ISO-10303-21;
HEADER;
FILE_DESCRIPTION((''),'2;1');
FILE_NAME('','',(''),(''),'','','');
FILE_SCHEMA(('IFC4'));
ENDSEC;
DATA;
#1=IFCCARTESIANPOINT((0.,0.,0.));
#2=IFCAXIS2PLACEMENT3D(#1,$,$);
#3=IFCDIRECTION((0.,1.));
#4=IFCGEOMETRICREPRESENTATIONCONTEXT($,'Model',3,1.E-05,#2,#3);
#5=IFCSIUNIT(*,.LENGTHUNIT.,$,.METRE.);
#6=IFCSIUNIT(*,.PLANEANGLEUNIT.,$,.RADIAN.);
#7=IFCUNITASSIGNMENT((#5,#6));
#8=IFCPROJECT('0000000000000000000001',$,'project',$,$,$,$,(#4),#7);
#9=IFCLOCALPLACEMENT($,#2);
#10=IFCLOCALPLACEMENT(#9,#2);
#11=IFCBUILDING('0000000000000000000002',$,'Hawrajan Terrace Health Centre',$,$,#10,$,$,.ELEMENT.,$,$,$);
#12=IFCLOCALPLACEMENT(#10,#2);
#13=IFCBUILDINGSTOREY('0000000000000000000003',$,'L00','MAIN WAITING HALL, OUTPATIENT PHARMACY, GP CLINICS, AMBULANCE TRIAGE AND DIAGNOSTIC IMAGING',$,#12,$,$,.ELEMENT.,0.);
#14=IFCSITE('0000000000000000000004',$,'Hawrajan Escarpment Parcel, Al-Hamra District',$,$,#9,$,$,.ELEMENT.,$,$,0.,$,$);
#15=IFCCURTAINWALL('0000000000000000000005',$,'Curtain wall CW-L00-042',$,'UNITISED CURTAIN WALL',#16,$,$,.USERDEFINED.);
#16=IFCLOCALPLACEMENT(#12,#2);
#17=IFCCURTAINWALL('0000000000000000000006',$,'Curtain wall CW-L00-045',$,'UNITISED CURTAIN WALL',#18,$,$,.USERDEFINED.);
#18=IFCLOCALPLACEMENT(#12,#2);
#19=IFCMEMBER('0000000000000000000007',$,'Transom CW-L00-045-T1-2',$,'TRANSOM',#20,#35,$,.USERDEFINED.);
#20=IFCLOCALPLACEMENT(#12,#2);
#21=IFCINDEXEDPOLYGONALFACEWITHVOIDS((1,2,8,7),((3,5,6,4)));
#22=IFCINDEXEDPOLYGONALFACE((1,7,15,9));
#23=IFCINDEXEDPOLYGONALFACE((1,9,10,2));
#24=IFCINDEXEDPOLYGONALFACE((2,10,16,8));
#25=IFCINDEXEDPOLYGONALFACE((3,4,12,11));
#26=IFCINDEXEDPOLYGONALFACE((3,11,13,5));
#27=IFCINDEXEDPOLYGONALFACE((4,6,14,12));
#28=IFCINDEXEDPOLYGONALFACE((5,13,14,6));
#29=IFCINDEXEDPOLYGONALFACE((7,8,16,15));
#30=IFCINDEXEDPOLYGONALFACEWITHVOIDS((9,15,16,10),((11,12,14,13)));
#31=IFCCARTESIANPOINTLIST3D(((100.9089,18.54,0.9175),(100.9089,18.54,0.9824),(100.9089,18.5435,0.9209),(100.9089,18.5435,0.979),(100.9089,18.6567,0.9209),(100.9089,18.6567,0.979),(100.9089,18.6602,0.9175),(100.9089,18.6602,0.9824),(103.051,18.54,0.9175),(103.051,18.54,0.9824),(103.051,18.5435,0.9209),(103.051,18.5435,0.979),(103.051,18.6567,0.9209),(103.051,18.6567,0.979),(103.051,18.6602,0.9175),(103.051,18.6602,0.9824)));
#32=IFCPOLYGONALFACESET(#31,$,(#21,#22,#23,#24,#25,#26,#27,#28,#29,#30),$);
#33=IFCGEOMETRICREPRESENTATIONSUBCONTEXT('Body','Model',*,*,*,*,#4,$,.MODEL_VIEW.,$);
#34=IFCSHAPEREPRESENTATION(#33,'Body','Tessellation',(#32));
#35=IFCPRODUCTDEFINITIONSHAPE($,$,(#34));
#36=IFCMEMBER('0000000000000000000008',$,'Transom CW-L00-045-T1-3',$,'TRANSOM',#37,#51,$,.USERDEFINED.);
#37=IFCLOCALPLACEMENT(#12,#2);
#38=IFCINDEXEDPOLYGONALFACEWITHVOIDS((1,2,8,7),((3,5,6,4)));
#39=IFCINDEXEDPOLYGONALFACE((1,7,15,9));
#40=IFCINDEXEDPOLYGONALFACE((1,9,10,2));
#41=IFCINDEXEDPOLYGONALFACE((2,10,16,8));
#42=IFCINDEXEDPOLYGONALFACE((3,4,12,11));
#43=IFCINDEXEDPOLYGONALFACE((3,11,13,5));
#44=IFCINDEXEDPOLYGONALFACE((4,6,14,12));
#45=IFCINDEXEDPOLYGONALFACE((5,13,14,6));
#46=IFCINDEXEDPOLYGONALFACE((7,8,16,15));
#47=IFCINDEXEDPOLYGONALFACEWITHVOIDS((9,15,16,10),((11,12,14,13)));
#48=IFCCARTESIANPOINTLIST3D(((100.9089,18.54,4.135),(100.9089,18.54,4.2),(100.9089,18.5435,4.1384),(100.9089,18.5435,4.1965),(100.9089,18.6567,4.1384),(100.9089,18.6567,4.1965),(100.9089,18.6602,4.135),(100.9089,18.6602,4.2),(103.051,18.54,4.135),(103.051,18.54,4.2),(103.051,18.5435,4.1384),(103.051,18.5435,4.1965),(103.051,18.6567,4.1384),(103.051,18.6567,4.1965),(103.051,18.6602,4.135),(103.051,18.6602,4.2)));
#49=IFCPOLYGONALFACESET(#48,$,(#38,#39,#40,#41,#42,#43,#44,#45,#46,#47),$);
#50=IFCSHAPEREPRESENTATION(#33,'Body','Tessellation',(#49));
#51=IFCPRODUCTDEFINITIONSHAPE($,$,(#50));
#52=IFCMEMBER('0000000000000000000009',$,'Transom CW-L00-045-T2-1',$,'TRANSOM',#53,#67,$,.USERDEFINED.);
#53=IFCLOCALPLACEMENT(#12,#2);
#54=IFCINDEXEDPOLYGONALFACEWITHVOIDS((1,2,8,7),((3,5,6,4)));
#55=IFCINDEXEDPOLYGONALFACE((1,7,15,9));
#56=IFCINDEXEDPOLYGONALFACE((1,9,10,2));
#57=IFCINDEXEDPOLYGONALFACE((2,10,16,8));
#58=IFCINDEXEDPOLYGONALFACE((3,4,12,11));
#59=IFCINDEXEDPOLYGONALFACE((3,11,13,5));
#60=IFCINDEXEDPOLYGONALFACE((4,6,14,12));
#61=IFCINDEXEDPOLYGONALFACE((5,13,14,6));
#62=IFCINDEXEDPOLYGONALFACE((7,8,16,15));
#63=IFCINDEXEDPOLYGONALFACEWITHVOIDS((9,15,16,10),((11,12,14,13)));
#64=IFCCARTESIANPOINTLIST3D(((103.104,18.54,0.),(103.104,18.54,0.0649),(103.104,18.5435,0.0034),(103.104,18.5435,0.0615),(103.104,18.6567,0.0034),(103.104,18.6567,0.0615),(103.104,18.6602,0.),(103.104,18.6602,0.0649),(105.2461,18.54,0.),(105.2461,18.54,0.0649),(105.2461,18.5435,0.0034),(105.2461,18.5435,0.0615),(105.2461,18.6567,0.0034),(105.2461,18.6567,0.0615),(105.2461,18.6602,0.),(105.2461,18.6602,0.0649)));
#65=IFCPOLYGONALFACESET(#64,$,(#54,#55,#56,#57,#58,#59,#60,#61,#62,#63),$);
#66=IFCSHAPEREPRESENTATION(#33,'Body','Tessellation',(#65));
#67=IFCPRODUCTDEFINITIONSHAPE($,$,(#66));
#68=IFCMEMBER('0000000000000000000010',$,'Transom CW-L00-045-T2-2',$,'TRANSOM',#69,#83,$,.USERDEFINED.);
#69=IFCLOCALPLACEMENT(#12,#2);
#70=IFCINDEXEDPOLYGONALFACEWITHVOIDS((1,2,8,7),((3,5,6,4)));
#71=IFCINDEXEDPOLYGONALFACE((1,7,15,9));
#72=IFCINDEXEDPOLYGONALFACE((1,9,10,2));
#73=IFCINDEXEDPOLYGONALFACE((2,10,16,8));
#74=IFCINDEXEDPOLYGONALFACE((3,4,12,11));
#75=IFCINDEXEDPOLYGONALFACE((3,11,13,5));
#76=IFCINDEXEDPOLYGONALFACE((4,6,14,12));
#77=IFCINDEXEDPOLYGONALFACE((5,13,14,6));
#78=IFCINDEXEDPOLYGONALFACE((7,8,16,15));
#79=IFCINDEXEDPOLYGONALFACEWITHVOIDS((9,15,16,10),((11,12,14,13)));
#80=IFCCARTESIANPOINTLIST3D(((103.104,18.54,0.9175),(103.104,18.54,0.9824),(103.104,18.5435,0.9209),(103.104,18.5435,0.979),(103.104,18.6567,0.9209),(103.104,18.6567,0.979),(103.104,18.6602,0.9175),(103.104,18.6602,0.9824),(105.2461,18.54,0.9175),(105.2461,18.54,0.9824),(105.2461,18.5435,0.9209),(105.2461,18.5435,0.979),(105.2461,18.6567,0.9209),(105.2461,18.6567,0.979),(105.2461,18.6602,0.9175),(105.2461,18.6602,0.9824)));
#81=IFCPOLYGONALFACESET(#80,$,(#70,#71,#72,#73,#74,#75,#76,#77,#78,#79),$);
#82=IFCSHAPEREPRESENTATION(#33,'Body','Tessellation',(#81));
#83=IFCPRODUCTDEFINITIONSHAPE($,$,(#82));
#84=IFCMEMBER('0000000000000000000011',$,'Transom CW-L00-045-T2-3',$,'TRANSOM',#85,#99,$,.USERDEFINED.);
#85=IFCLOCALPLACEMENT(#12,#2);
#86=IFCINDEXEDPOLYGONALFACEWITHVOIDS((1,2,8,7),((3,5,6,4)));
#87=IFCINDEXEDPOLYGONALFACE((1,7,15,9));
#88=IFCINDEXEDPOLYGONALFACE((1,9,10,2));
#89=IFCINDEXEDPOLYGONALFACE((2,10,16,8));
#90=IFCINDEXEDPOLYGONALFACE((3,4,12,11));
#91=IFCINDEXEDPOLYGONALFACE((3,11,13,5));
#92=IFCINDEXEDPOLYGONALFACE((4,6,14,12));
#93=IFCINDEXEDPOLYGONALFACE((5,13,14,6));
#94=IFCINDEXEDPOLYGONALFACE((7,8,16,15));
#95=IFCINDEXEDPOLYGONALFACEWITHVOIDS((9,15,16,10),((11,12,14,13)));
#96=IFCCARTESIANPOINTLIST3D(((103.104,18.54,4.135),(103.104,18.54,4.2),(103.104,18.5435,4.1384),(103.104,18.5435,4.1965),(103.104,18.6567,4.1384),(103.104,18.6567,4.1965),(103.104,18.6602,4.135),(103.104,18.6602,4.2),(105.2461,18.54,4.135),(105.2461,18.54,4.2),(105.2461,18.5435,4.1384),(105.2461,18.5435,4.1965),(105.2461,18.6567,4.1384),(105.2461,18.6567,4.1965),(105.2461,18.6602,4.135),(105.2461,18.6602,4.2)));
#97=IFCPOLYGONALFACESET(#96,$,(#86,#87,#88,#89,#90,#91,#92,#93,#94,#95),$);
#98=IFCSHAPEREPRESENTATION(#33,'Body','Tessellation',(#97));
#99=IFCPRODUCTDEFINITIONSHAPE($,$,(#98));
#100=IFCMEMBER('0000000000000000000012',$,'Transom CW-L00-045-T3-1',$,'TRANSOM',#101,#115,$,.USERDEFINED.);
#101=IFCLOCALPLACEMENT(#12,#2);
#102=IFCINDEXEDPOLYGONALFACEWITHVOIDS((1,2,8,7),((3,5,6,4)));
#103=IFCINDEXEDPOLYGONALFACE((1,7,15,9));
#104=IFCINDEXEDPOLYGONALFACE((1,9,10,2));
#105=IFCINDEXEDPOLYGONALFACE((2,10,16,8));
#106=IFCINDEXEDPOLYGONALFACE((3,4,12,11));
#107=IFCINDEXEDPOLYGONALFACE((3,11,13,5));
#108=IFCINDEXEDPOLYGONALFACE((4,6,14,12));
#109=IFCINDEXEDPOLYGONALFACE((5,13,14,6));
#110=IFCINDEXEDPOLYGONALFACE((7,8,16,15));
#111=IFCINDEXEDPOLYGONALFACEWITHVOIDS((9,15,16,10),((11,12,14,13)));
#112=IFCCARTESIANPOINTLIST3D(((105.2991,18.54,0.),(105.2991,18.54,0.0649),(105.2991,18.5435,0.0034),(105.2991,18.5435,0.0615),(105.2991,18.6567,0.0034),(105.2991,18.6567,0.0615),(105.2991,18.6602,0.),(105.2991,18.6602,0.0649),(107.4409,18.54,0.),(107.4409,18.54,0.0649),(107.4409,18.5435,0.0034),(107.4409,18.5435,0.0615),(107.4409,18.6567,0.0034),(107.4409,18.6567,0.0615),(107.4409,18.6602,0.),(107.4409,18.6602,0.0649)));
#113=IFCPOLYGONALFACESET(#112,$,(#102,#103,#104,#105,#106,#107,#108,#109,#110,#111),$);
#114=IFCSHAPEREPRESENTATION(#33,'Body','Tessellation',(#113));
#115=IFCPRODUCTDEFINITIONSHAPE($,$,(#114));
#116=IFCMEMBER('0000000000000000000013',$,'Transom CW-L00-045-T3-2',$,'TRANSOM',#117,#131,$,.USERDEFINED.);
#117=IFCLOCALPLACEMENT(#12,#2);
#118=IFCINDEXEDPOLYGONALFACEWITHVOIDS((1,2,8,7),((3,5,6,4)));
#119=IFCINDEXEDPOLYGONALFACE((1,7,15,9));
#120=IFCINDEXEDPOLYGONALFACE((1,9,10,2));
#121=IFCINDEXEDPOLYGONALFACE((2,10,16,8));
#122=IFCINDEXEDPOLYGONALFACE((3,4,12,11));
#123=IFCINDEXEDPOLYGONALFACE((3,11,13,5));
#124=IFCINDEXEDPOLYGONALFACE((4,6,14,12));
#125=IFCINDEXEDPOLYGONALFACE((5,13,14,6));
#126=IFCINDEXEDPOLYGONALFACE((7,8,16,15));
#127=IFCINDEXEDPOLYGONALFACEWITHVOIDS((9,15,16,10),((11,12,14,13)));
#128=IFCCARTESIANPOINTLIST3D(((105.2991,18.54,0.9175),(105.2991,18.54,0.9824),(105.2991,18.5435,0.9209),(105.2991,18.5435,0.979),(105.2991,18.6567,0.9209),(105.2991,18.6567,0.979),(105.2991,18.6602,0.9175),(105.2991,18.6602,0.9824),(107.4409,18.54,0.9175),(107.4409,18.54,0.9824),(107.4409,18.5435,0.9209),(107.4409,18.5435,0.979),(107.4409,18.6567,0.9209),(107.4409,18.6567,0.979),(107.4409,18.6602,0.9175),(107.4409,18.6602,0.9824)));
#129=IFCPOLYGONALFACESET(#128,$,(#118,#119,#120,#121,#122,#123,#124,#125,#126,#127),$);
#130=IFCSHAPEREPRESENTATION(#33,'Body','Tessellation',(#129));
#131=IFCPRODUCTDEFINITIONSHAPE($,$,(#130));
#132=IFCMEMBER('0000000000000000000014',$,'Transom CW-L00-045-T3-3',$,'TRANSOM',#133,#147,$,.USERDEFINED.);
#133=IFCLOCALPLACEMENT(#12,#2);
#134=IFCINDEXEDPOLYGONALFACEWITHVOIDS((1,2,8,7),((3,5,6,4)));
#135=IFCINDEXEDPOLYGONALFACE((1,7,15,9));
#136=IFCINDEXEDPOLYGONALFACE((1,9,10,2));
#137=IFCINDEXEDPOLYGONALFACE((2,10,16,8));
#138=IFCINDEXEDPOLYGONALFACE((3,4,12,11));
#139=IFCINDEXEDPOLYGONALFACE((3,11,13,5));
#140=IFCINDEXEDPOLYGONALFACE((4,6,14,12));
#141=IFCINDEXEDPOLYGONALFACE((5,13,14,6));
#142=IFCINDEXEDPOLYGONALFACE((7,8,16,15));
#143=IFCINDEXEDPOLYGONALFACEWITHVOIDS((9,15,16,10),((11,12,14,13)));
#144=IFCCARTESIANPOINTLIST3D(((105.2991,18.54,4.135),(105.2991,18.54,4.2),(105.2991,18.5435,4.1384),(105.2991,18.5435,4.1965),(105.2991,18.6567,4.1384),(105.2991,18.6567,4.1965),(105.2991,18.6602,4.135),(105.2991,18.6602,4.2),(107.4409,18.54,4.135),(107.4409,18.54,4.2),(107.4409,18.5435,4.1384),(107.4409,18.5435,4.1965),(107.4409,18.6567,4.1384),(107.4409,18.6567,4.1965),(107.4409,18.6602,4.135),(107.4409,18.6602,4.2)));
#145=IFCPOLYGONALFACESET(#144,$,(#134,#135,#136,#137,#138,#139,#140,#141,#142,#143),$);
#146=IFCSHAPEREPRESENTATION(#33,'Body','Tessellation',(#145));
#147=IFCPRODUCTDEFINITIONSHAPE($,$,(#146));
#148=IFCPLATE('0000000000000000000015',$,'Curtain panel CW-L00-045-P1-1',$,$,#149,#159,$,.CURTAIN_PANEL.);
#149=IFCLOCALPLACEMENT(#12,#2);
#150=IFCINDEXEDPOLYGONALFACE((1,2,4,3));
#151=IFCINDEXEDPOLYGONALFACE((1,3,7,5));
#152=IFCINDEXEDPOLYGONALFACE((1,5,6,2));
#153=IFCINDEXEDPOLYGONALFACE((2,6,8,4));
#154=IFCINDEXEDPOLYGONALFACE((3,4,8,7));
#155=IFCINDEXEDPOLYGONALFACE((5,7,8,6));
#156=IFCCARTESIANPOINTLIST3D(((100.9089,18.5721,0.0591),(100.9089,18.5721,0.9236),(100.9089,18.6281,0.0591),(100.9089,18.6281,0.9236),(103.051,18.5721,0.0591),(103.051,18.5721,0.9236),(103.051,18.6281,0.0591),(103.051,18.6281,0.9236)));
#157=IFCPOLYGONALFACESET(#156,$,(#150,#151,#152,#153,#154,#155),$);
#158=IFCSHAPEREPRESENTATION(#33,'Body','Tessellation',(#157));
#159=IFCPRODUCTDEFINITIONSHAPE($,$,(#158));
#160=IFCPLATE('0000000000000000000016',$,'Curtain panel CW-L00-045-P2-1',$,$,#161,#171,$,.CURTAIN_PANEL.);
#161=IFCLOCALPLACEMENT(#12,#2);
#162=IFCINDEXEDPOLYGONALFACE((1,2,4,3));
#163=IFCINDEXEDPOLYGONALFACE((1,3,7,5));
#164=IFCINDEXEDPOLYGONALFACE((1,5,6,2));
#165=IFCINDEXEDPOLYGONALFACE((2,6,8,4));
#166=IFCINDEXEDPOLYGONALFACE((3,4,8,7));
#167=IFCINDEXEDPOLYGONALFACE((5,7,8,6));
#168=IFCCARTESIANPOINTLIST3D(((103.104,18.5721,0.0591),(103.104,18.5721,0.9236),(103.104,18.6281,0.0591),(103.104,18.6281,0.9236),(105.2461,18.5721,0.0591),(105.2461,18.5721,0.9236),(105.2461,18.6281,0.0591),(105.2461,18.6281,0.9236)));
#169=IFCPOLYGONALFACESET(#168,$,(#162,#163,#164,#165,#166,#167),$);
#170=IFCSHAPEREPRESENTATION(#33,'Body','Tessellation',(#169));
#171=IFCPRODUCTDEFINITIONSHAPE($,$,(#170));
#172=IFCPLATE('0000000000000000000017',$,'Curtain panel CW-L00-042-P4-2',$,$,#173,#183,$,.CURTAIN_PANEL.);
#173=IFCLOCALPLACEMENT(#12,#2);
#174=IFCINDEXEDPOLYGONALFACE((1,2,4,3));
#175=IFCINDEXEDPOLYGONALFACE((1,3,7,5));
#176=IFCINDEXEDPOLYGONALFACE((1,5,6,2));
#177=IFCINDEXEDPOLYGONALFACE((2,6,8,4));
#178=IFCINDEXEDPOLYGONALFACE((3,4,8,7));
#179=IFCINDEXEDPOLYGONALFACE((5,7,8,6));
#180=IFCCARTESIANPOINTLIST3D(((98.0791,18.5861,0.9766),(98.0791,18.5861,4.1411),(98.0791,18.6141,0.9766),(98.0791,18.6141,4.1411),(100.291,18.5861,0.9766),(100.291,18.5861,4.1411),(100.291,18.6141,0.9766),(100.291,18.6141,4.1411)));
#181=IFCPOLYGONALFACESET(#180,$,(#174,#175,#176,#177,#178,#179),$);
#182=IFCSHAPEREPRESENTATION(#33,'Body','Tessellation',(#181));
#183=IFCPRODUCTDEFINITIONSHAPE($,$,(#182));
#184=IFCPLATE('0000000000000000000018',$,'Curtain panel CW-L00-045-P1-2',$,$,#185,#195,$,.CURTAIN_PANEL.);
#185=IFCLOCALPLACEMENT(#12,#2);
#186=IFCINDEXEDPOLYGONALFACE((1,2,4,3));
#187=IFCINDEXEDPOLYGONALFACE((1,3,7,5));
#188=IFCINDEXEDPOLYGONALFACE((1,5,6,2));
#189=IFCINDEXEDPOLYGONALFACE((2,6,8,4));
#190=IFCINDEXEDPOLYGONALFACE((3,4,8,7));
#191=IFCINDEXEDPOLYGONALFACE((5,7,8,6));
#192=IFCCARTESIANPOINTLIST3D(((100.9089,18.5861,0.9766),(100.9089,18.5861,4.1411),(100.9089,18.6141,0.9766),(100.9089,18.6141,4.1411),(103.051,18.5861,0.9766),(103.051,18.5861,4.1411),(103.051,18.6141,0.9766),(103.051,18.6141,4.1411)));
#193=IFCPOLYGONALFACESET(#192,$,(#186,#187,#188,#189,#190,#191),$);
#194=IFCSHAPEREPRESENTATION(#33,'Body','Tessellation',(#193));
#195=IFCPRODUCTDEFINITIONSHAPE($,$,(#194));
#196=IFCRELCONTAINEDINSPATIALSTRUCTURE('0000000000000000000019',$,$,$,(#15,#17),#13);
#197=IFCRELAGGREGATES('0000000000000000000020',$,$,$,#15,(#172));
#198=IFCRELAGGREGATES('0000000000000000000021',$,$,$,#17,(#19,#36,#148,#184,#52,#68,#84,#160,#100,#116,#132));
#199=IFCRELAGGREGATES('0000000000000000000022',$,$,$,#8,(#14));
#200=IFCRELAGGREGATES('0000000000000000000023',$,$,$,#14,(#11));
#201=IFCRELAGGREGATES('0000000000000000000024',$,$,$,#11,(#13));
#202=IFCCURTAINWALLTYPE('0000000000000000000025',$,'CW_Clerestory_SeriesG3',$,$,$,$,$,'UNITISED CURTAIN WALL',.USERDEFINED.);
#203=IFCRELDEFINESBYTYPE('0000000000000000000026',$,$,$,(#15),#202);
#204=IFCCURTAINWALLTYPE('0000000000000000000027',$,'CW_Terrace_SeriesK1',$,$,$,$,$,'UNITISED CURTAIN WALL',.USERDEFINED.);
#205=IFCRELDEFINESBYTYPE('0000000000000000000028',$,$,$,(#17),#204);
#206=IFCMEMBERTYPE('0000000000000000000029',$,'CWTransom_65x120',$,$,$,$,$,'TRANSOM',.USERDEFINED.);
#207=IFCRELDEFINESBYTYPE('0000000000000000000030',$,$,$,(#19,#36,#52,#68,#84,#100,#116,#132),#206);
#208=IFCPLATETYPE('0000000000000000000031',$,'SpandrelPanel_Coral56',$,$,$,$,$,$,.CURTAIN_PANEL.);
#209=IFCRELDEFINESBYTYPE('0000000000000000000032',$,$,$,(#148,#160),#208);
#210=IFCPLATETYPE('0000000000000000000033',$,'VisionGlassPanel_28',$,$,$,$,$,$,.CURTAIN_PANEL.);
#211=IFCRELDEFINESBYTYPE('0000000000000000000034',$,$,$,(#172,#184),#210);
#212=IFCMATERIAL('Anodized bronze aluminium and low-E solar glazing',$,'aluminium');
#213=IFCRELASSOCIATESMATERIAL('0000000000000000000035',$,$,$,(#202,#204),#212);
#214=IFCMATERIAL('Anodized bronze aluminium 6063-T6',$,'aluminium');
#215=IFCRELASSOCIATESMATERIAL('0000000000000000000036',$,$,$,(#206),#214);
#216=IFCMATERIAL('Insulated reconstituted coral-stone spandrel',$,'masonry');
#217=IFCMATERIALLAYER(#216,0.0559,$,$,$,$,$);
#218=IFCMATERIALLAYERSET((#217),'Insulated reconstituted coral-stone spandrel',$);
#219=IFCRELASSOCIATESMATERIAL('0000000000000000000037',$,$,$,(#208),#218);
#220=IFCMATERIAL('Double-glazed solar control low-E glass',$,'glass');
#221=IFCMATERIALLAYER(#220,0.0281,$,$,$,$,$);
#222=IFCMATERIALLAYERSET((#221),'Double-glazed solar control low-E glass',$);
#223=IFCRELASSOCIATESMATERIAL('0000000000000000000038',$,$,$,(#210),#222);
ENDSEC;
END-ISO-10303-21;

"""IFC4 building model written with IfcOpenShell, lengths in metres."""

from ifc_helpers import new_model, si_unit, direction, frame, origin, origin_2d, place, context, subcontext, project, spatial, rectangle, hollow_rectangle, extrude, material, layer, layer_set, material_profile, profile_set, type_object, element, aggregate, save


model = new_model("IFC4")

# Units and contexts
model_context = context("Model", 3, precision=1e-05, world=origin(), true_north=direction((0.0, 1.0)))
body_context = subcontext(model_context, "Body", "Model", "MODEL_VIEW")
ifc_project = project(units=[si_unit("LENGTHUNIT", "METRE"), si_unit("PLANEANGLEUNIT", "RADIAN")], contexts=[model_context])

# Site, building, storey
site_placement = place(None, origin())
site = spatial("IfcSite", under=ifc_project, at=site_placement, Name="Hawrajan Escarpment Parcel, Al-Hamra District", CompositionType="ELEMENT", RefElevation=0.0)
building_placement = place(site_placement, origin())
building = spatial("IfcBuilding", under=site, at=building_placement, Name="Hawrajan Terrace Health Centre", CompositionType="ELEMENT")
storey_placement = place(building_placement, origin())
storey = spatial("IfcBuildingStorey", under=building, at=storey_placement, Name="L00", Description="MAIN WAITING HALL, OUTPATIENT PHARMACY, GP CLINICS, AMBULANCE TRIAGE AND DIAGNOSTIC IMAGING", CompositionType="ELEMENT", Elevation=0.0)

# Curtain wall
ifc_material_1 = material(Name="Anodized bronze aluminium and low-E solar glazing", Category="aluminium")
curtain_wall_type_1 = type_object("IfcCurtainWallType", Name="CW_Clerestory_SeriesG3", ElementType="UNITISED CURTAIN WALL", PredefinedType="USERDEFINED", material=ifc_material_1)
curtain_wall_1_placement = place(storey_placement, origin())
curtain_wall_1 = element("IfcCurtainWall", 1, at=curtain_wall_1_placement, inside=storey, type_object=curtain_wall_type_1, Name="Curtain wall CW-L00-042", ObjectType="UNITISED CURTAIN WALL", PredefinedType="USERDEFINED")
ifc_material_2 = material(Name="Anodized bronze aluminium 6063-T6", Category="aluminium")

# Curtain wall, members, plates
curtain_wall_type_2 = type_object("IfcCurtainWallType", Name="CW_Terrace_SeriesK1", ElementType="UNITISED CURTAIN WALL", PredefinedType="USERDEFINED", material=ifc_material_1)
curtain_wall_2_placement = place(storey_placement, origin())
curtain_wall_2 = element("IfcCurtainWall", 2, at=curtain_wall_2_placement, inside=storey, type_object=curtain_wall_type_2, Name="Curtain wall CW-L00-045", ObjectType="UNITISED CURTAIN WALL", PredefinedType="USERDEFINED")
ifc_material_profile_1 = material_profile(ifc_material_2, hollow_rectangle(XDim=0.0649, YDim=0.1201, WallThickness=0.0034, at=origin_2d()), Name="CW TRN 65x120")
ifc_profile_set_1 = profile_set([ifc_material_profile_1], Name="Anodized bronze aluminium 6063-T6")
member_type_1 = type_object("IfcMemberType", Name="CWTransom_65x120", ElementType="TRANSOM", PredefinedType="USERDEFINED", material=ifc_profile_set_1)
member_1_placement = place(storey_placement, frame((100.9089, 18.6001, 0.95), z_axis=(1.0, 0.0, 0.0), x_axis=(0.0, 0.0, 1.0)))
member_1 = element("IfcMember", 3, at=member_1_placement, type_object=member_type_1, Name="Transom CW-L00-045-T1-2", ObjectType="TRANSOM", PredefinedType="USERDEFINED", context=body_context, shape_type="SweptSolid", body=[
    extrude(hollow_rectangle(XDim=0.0649, YDim=0.1201, WallThickness=0.0034, at=origin_2d()), origin(), (0.0, 0.0, 1.0), 2.1421),
])
member_2_placement = place(storey_placement, frame((100.9089, 18.6001, 4.1675), z_axis=(1.0, 0.0, 0.0), x_axis=(0.0, 0.0, 1.0)))
member_2 = element("IfcMember", 4, at=member_2_placement, type_object=member_type_1, Name="Transom CW-L00-045-T1-3", ObjectType="TRANSOM", PredefinedType="USERDEFINED", context=body_context, shape_type="SweptSolid", body=[
    extrude(hollow_rectangle(XDim=0.0649, YDim=0.1201, WallThickness=0.0034, at=origin_2d()), origin(), (0.0, 0.0, 1.0), 2.1421),
])
member_3_placement = place(storey_placement, frame((103.104, 18.6001, 0.0325), z_axis=(1.0, 0.0, 0.0), x_axis=(0.0, 0.0, 1.0)))
member_3 = element("IfcMember", 5, at=member_3_placement, type_object=member_type_1, Name="Transom CW-L00-045-T2-1", ObjectType="TRANSOM", PredefinedType="USERDEFINED", context=body_context, shape_type="SweptSolid", body=[
    extrude(hollow_rectangle(XDim=0.0649, YDim=0.1201, WallThickness=0.0034, at=origin_2d()), origin(), (0.0, 0.0, 1.0), 2.1421),
])
member_4_placement = place(storey_placement, frame((103.104, 18.6001, 0.95), z_axis=(1.0, 0.0, 0.0), x_axis=(0.0, 0.0, 1.0)))
member_4 = element("IfcMember", 6, at=member_4_placement, type_object=member_type_1, Name="Transom CW-L00-045-T2-2", ObjectType="TRANSOM", PredefinedType="USERDEFINED", context=body_context, shape_type="SweptSolid", body=[
    extrude(hollow_rectangle(XDim=0.0649, YDim=0.1201, WallThickness=0.0034, at=origin_2d()), origin(), (0.0, 0.0, 1.0), 2.1421),
])
member_5_placement = place(storey_placement, frame((103.104, 18.6001, 4.1675), z_axis=(1.0, 0.0, 0.0), x_axis=(0.0, 0.0, 1.0)))
member_5 = element("IfcMember", 7, at=member_5_placement, type_object=member_type_1, Name="Transom CW-L00-045-T2-3", ObjectType="TRANSOM", PredefinedType="USERDEFINED", context=body_context, shape_type="SweptSolid", body=[
    extrude(hollow_rectangle(XDim=0.0649, YDim=0.1201, WallThickness=0.0034, at=origin_2d()), origin(), (0.0, 0.0, 1.0), 2.1421),
])
member_6_placement = place(storey_placement, frame((105.2991, 18.6001, 0.0325), z_axis=(1.0, 0.0, 0.0), x_axis=(0.0, 0.0, 1.0)))
member_6 = element("IfcMember", 8, at=member_6_placement, type_object=member_type_1, Name="Transom CW-L00-045-T3-1", ObjectType="TRANSOM", PredefinedType="USERDEFINED", context=body_context, shape_type="SweptSolid", body=[
    extrude(hollow_rectangle(XDim=0.0649, YDim=0.1201, WallThickness=0.0034, at=origin_2d()), origin(), (0.0, 0.0, 1.0), 2.1418),
])
member_7_placement = place(storey_placement, frame((105.2991, 18.6001, 0.95), z_axis=(1.0, 0.0, 0.0), x_axis=(0.0, 0.0, 1.0)))
member_7 = element("IfcMember", 9, at=member_7_placement, type_object=member_type_1, Name="Transom CW-L00-045-T3-2", ObjectType="TRANSOM", PredefinedType="USERDEFINED", context=body_context, shape_type="SweptSolid", body=[
    extrude(hollow_rectangle(XDim=0.0649, YDim=0.1201, WallThickness=0.0034, at=origin_2d()), origin(), (0.0, 0.0, 1.0), 2.1418),
])
member_8_placement = place(storey_placement, frame((105.2991, 18.6001, 4.1675), z_axis=(1.0, 0.0, 0.0), x_axis=(0.0, 0.0, 1.0)))
member_8 = element("IfcMember", 10, at=member_8_placement, type_object=member_type_1, Name="Transom CW-L00-045-T3-3", ObjectType="TRANSOM", PredefinedType="USERDEFINED", context=body_context, shape_type="SweptSolid", body=[
    extrude(hollow_rectangle(XDim=0.0649, YDim=0.1201, WallThickness=0.0034, at=origin_2d()), origin(), (0.0, 0.0, 1.0), 2.1418),
])
ifc_material_3 = material(Name="Insulated reconstituted coral-stone spandrel", Category="masonry")
ifc_layer_1 = layer(ifc_material_3, 0.0559)
ifc_layer_set_1 = layer_set([ifc_layer_1], Name="Insulated reconstituted coral-stone spandrel")
plate_type_1 = type_object("IfcPlateType", Name="SpandrelPanel_Coral56", PredefinedType="CURTAIN_PANEL", material=ifc_layer_set_1)
plate_1_placement = place(storey_placement, frame((101.98, 18.6001, 0.0591), z_axis=(0.0, 0.0, 1.0), x_axis=(1.0, 0.0, 0.0)))
plate_1 = element("IfcPlate", 11, at=plate_1_placement, type_object=plate_type_1, Name="Curtain panel CW-L00-045-P1-1", PredefinedType="CURTAIN_PANEL", context=body_context, shape_type="SweptSolid", body=[
    extrude(rectangle(XDim=2.1421, YDim=0.0559, at=origin_2d()), origin(), (0.0, 0.0, 1.0), 0.8645),
])
plate_2_placement = place(storey_placement, frame((104.175, 18.6001, 0.0591), z_axis=(0.0, 0.0, 1.0), x_axis=(1.0, 0.0, 0.0)))
plate_2 = element("IfcPlate", 12, at=plate_2_placement, type_object=plate_type_1, Name="Curtain panel CW-L00-045-P2-1", PredefinedType="CURTAIN_PANEL", context=body_context, shape_type="SweptSolid", body=[
    extrude(rectangle(XDim=2.1421, YDim=0.0559, at=origin_2d()), origin(), (0.0, 0.0, 1.0), 0.8645),
])

# Plates
ifc_material_4 = material(Name="Double-glazed solar control low-E glass", Category="glass")
ifc_layer_2 = layer(ifc_material_4, 0.0281)
ifc_layer_set_2 = layer_set([ifc_layer_2], Name="Double-glazed solar control low-E glass")
plate_type_2 = type_object("IfcPlateType", Name="VisionGlassPanel_28", PredefinedType="CURTAIN_PANEL", material=ifc_layer_set_2)
plate_3_placement = place(storey_placement, frame((99.1851, 18.6001, 0.9766), z_axis=(0.0, 0.0, 1.0), x_axis=(1.0, 0.0, 0.0)))
plate_3 = element("IfcPlate", 13, at=plate_3_placement, type_object=plate_type_2, Name="Curtain panel CW-L00-042-P4-2", PredefinedType="CURTAIN_PANEL", context=body_context, shape_type="SweptSolid", body=[
    extrude(rectangle(XDim=2.2119, YDim=0.0281, at=origin_2d()), origin(), (0.0, 0.0, 1.0), 3.1646),
])
aggregate(curtain_wall_1, [plate_3])
plate_4_placement = place(storey_placement, frame((101.98, 18.6001, 0.9766), z_axis=(0.0, 0.0, 1.0), x_axis=(1.0, 0.0, 0.0)))
plate_4 = element("IfcPlate", 14, at=plate_4_placement, type_object=plate_type_2, Name="Curtain panel CW-L00-045-P1-2", PredefinedType="CURTAIN_PANEL", context=body_context, shape_type="SweptSolid", body=[
    extrude(rectangle(XDim=2.1421, YDim=0.0281, at=origin_2d()), origin(), (0.0, 0.0, 1.0), 3.1646),
])
aggregate(curtain_wall_2, [member_1, member_2, plate_1, plate_4, member_3, member_4, member_5, plate_2, member_6, member_7, member_8])

save(model, "model.ifc")
